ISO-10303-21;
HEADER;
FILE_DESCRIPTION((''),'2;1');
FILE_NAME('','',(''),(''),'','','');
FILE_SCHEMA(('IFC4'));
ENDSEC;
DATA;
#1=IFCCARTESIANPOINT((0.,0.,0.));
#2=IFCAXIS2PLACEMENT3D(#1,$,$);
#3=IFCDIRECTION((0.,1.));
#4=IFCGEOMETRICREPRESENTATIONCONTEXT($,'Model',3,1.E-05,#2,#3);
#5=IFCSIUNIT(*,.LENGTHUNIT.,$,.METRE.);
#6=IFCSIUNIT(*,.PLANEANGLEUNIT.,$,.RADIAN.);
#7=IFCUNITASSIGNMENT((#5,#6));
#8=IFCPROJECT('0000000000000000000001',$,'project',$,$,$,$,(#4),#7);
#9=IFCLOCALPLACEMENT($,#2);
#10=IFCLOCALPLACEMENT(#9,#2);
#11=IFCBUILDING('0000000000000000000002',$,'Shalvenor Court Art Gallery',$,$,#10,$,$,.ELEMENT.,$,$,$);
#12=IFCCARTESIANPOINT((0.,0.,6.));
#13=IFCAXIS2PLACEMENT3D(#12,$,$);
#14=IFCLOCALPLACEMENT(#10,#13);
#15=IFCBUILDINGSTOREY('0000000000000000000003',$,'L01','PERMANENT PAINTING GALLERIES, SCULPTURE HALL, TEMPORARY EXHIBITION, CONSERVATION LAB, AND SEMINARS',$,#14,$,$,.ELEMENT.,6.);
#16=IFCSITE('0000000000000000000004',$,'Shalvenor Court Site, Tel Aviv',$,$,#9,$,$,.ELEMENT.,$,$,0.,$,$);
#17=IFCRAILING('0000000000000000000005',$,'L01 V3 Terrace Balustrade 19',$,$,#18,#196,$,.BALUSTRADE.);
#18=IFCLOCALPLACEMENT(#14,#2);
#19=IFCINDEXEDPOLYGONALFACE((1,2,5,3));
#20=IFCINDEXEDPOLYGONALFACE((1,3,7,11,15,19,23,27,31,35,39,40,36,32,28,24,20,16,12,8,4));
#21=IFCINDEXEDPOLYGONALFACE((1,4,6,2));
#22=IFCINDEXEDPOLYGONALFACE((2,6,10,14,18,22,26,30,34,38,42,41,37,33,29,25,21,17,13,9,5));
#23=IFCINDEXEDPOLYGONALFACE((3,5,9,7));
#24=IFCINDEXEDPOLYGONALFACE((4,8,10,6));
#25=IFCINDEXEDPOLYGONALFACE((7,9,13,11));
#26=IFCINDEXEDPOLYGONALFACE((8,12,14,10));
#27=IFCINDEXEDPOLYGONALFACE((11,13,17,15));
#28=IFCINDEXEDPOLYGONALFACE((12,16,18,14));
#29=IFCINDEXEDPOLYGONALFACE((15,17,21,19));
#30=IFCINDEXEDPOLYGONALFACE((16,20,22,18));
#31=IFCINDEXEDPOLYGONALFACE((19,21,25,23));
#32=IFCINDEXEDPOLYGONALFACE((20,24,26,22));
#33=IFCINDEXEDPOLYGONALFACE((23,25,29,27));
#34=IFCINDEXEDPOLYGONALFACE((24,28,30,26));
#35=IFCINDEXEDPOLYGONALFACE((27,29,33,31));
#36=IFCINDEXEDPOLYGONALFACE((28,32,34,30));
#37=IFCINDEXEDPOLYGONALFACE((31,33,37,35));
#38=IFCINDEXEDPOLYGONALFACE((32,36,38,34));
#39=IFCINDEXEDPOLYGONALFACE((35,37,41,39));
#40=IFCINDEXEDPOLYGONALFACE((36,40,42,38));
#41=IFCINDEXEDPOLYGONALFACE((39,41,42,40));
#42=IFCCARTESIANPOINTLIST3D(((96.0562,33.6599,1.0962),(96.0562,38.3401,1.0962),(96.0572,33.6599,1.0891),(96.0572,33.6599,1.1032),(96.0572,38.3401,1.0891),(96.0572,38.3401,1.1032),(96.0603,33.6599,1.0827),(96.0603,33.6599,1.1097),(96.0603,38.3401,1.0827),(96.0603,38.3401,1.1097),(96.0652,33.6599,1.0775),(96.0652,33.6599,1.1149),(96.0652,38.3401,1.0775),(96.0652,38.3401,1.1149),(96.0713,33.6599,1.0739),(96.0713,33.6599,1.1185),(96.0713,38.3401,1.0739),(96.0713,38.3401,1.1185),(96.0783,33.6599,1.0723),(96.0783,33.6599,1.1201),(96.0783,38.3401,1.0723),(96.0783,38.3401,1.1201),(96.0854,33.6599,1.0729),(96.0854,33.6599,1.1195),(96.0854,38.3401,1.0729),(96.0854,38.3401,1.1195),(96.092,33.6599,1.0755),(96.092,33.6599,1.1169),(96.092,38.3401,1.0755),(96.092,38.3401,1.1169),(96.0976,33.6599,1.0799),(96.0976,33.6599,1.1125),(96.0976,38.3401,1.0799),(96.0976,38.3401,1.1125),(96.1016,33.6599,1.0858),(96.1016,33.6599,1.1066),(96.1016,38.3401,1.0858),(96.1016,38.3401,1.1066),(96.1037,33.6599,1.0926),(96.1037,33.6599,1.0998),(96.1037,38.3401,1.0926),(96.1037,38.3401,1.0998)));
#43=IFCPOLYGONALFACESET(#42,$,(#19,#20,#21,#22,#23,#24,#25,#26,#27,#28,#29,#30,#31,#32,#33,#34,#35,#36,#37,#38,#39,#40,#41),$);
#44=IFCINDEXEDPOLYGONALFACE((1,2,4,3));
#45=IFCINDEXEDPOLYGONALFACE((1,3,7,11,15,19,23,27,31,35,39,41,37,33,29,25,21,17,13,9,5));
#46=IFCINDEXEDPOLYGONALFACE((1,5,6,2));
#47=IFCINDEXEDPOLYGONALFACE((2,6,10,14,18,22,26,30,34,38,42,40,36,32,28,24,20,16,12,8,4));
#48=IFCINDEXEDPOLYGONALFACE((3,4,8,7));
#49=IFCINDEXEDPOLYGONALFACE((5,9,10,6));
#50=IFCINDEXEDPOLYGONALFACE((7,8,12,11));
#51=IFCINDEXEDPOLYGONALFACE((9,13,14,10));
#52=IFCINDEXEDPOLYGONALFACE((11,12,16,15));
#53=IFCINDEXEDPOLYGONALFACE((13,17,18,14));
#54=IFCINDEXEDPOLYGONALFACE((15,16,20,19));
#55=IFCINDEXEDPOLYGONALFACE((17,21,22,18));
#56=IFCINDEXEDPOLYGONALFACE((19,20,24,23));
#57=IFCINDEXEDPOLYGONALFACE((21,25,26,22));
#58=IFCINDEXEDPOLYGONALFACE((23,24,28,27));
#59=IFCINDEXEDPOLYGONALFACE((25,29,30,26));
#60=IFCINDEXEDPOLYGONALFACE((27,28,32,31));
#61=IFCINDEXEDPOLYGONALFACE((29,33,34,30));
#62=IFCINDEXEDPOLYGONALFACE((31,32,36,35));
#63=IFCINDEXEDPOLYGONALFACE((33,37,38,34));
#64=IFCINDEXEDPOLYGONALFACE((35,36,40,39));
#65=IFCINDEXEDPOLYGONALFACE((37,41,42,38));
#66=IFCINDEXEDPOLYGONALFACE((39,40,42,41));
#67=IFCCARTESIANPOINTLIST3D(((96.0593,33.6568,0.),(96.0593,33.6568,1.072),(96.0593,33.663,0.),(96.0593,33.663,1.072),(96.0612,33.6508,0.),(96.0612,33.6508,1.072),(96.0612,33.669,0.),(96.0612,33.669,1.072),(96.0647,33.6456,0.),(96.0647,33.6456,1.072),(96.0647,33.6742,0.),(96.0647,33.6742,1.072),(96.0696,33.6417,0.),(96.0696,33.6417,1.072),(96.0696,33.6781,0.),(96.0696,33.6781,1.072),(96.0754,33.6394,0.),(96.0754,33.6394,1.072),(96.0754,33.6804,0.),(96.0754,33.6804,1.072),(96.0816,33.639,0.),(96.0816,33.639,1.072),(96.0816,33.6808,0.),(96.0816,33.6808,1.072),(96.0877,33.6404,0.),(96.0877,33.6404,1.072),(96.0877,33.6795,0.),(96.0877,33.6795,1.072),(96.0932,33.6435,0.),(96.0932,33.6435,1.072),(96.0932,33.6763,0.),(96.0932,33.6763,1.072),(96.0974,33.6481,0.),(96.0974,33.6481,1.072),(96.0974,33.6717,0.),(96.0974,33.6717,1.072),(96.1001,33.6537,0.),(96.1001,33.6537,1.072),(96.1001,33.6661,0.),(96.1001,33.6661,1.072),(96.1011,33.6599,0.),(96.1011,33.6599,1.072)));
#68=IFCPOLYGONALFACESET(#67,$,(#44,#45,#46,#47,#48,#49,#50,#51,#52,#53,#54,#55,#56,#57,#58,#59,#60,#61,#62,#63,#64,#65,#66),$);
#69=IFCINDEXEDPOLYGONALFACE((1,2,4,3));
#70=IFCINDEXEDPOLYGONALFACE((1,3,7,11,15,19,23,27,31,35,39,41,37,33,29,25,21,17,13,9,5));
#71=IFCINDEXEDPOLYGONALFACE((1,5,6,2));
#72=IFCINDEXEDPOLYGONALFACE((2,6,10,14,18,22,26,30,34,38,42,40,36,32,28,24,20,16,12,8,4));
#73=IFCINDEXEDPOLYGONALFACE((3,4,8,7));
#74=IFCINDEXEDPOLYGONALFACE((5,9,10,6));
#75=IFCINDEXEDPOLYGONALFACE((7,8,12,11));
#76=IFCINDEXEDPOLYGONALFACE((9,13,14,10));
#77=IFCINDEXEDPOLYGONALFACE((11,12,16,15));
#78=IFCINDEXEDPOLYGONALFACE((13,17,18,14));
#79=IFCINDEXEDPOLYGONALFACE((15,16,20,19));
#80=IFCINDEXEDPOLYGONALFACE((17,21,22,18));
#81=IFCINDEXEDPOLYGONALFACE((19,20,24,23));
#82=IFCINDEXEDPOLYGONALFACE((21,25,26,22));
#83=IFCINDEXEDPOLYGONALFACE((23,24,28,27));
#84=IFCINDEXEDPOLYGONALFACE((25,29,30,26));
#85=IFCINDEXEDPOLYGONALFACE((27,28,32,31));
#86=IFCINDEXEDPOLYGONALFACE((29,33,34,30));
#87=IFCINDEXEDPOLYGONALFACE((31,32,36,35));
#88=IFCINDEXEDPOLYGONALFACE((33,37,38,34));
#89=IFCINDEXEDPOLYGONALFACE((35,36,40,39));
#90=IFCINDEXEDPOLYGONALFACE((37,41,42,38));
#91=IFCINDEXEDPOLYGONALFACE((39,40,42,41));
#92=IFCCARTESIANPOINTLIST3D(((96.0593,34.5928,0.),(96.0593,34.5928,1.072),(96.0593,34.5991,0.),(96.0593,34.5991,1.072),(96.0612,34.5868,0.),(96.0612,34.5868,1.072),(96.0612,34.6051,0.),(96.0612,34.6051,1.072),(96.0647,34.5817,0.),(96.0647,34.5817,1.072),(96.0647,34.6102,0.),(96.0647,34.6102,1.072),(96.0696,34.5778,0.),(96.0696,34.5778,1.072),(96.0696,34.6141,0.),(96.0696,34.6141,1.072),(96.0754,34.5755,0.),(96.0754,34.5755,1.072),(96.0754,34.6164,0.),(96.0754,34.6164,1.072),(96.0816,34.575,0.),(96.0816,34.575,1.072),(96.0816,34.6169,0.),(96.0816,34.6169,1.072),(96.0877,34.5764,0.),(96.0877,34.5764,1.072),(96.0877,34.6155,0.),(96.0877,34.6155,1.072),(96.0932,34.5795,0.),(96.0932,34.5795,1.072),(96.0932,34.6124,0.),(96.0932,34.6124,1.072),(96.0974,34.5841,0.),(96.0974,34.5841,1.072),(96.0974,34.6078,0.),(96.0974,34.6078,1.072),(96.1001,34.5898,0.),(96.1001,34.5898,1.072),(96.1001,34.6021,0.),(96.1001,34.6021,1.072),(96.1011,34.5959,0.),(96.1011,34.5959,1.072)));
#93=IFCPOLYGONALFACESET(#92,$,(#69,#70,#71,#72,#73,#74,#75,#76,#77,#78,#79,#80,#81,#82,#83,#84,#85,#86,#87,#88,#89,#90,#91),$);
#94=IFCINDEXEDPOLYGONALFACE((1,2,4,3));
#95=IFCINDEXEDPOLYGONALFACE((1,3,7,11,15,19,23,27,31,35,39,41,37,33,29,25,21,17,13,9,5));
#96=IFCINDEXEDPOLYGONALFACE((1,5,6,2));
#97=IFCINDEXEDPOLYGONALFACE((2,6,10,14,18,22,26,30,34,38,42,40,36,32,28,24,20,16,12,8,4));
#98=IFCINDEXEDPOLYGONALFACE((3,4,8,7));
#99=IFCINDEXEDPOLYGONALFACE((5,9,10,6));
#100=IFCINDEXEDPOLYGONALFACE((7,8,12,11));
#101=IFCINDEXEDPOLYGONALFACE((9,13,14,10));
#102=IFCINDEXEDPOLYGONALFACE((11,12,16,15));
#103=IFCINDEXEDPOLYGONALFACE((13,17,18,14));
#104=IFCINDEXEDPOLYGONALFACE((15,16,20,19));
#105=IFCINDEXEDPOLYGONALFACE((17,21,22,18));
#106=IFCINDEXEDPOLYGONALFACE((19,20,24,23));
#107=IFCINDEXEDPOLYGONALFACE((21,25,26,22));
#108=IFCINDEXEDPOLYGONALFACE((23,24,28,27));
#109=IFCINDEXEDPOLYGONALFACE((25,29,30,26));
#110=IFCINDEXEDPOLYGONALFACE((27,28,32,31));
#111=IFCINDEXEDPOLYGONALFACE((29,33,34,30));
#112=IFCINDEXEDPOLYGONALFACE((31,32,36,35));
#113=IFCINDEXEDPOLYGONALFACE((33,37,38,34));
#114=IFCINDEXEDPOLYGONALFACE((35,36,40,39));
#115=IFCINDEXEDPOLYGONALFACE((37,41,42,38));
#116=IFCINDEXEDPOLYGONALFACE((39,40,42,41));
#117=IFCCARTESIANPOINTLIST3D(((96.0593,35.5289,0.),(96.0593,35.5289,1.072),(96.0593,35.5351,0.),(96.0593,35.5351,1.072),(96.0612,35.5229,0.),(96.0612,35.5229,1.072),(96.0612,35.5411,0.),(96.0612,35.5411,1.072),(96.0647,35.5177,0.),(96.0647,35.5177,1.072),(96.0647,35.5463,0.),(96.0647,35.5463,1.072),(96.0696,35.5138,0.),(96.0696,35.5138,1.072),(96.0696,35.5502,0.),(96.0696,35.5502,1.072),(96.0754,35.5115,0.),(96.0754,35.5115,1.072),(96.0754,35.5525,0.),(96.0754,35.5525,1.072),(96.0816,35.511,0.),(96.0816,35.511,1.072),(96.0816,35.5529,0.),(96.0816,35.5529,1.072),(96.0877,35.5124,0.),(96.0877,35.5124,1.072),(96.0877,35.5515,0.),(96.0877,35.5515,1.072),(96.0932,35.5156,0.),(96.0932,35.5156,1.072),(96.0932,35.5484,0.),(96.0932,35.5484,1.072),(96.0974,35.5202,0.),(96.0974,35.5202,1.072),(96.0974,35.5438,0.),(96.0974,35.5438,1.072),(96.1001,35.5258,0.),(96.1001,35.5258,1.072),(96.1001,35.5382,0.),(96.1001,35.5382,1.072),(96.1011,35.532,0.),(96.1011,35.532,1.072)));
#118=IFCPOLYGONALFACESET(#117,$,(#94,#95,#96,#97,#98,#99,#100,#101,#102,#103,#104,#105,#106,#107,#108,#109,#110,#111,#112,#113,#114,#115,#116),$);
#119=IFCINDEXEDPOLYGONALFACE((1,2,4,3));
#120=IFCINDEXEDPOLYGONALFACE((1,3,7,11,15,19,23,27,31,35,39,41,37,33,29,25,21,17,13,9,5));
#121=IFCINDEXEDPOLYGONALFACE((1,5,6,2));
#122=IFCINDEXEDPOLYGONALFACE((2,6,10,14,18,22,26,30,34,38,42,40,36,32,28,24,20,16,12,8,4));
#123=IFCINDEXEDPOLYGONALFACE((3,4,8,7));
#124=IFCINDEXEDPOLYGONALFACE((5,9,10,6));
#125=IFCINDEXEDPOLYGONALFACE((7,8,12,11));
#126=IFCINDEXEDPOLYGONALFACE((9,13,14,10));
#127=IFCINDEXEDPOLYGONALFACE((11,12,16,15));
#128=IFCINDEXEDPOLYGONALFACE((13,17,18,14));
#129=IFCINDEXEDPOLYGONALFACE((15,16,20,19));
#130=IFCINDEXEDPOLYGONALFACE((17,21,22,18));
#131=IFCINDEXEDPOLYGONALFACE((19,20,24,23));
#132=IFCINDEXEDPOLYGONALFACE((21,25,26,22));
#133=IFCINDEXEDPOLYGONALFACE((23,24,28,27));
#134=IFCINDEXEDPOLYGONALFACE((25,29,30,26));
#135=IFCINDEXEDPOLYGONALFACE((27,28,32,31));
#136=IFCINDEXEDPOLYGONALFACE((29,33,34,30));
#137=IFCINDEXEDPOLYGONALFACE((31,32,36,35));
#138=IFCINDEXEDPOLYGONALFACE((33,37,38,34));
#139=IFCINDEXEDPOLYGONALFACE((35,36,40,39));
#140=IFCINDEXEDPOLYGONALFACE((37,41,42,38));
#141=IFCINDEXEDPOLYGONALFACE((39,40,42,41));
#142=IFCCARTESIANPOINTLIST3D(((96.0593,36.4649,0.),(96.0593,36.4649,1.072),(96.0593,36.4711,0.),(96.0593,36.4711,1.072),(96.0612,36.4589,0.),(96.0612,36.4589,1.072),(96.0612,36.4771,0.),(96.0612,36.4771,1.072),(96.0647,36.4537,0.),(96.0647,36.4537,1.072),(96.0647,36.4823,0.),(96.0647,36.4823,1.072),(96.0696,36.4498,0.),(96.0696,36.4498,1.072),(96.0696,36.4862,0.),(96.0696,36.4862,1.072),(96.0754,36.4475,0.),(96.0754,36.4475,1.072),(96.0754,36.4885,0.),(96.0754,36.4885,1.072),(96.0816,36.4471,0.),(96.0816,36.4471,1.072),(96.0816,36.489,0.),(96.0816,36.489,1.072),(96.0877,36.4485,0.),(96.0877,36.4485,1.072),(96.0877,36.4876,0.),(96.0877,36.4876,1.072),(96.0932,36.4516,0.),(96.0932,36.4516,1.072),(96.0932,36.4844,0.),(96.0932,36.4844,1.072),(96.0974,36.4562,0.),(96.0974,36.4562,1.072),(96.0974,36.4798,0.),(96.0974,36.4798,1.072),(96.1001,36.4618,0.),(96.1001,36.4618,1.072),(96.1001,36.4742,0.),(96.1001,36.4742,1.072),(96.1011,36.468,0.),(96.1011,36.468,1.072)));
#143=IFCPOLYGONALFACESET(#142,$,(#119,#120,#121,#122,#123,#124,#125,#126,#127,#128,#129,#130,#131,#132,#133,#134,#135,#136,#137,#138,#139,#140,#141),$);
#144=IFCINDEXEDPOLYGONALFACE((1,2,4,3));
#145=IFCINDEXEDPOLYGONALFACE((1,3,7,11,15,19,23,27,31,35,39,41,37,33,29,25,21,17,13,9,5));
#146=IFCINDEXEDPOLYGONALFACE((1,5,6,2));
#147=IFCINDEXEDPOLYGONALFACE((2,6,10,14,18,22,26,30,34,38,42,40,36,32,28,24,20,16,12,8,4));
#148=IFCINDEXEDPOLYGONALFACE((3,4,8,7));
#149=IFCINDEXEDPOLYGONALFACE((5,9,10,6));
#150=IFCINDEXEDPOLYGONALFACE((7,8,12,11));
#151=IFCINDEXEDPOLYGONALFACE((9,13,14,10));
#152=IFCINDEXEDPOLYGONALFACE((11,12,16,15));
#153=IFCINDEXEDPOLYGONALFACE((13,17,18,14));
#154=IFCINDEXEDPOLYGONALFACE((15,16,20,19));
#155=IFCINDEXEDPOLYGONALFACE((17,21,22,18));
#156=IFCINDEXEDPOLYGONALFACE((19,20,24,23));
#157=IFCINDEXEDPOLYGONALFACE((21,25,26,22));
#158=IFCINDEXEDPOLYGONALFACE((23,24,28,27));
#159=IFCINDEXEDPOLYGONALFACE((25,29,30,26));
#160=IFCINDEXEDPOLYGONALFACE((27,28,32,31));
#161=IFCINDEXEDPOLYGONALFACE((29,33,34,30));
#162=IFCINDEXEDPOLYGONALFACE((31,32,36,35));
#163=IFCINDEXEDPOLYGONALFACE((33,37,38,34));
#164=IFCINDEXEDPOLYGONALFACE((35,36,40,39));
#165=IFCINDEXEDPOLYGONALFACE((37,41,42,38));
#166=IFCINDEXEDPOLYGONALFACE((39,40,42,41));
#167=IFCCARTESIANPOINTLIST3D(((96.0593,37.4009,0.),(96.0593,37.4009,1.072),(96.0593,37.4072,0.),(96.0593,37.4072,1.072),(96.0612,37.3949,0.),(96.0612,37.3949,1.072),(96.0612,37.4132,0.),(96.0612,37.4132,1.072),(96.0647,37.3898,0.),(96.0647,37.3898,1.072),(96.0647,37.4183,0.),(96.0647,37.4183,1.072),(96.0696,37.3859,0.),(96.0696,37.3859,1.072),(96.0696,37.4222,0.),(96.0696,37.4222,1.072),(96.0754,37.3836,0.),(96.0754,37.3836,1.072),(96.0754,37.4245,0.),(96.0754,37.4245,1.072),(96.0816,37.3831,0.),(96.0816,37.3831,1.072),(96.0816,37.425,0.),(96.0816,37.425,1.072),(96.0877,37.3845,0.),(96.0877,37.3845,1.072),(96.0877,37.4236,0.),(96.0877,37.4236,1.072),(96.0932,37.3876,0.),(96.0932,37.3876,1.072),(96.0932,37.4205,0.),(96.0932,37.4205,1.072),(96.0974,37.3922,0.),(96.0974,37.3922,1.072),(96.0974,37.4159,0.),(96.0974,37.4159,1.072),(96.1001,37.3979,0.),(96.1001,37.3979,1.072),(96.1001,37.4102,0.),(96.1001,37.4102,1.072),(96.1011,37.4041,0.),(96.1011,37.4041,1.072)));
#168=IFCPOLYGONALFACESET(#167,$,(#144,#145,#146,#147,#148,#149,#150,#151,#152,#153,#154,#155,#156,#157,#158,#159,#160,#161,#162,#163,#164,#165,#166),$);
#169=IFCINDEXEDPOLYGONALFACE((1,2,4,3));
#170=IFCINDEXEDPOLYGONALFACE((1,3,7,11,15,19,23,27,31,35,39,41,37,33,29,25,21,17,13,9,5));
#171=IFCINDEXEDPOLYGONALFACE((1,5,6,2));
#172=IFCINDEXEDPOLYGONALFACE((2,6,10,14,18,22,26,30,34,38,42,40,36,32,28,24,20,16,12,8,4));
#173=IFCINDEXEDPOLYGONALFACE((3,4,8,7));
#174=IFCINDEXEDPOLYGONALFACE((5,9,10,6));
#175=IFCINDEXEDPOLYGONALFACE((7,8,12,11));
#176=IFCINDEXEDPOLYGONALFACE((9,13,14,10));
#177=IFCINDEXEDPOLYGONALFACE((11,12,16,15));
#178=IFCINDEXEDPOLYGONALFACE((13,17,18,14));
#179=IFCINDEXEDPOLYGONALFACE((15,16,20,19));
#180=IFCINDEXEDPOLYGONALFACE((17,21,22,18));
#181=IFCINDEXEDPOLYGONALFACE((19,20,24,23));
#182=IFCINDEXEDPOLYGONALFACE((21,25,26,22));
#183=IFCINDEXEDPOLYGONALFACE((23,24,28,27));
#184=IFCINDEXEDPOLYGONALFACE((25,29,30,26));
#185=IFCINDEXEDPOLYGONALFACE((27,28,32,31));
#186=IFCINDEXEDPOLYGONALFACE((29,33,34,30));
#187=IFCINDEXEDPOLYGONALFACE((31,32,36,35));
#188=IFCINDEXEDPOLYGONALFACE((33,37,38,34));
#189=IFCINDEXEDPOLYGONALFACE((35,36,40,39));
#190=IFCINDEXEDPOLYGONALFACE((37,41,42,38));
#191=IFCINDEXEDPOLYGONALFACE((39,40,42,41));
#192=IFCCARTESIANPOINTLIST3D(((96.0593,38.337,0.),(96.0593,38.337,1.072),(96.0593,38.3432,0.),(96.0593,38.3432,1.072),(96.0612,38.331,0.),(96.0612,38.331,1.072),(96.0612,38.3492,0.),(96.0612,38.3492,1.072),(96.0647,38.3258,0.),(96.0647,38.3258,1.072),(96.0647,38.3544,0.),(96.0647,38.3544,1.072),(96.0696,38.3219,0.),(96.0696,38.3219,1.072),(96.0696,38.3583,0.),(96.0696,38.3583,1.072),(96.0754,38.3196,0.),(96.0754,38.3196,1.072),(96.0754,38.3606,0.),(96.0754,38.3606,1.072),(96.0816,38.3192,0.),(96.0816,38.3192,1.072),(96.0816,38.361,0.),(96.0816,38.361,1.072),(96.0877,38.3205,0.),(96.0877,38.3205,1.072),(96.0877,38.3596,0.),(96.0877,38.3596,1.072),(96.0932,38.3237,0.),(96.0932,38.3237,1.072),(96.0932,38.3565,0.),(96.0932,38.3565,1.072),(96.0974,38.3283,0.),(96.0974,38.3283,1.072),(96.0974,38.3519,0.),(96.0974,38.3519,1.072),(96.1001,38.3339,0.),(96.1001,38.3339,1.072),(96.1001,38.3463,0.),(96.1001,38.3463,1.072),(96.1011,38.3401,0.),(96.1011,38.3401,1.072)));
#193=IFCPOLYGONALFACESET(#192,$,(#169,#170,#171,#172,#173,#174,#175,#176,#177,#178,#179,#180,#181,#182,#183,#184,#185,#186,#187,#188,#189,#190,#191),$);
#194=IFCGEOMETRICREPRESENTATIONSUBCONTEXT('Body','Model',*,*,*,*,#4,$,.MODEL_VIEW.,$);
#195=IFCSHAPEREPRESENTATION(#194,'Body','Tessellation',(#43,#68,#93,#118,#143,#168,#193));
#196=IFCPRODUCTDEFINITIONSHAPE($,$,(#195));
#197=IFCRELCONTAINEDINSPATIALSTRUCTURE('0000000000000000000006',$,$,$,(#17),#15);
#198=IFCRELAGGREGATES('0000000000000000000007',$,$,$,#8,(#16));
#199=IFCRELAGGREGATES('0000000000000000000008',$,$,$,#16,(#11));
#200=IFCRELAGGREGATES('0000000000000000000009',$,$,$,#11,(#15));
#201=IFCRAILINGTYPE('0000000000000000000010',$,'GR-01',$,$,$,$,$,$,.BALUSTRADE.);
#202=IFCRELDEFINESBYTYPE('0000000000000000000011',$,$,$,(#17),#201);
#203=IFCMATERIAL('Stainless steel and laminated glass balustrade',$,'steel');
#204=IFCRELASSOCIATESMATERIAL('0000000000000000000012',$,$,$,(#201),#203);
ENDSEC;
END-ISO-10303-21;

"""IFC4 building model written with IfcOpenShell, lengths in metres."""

from ifc_helpers import new_model, si_unit, direction, frame, origin, origin_2d, place, context, subcontext, project, spatial, circle, extrude, material, type_object, element, save


model = new_model("IFC4")

# Units and contexts
model_context = context("Model", 3, precision=1e-05, world=origin(), true_north=direction((0.0, 1.0)))
body_context = subcontext(model_context, "Body", "Model", "MODEL_VIEW")
ifc_project = project(units=[si_unit("LENGTHUNIT", "METRE"), si_unit("PLANEANGLEUNIT", "RADIAN")], contexts=[model_context])

# Site, building, storey
site_placement = place(None, origin())
site = spatial("IfcSite", under=ifc_project, at=site_placement, Name="Shalvenor Court Site, Tel Aviv", CompositionType="ELEMENT", RefElevation=0.0)
building_placement = place(site_placement, origin())
building = spatial("IfcBuilding", under=site, at=building_placement, Name="Shalvenor Court Art Gallery", CompositionType="ELEMENT")
storey_placement = place(building_placement, frame((0.0, 0.0, 6.0)))
storey = spatial("IfcBuildingStorey", under=building, at=storey_placement, Name="L01", Description="PERMANENT PAINTING GALLERIES, SCULPTURE HALL, TEMPORARY EXHIBITION, CONSERVATION LAB, AND SEMINARS", CompositionType="ELEMENT", Elevation=6.0)

# Railing
ifc_material_1 = material(Name="Stainless steel and laminated glass balustrade", Category="steel")
railing_type = type_object("IfcRailingType", Name="GR-01", PredefinedType="BALUSTRADE", material=ifc_material_1)
railing_1_placement = place(storey_placement, frame((96.0801, 33.6599, 0.0)))
element("IfcRailing", 1, at=railing_1_placement, inside=storey, type_object=railing_type, Name="L01 V3 Terrace Balustrade 19", PredefinedType="BALUSTRADE", context=body_context, shape_type="SweptSolid", body=[
    extrude(circle(Radius=0.0239, at=origin_2d()), frame((0.0, 0.0, 1.0962), z_axis=(0.0, 1.0, 0.0), x_axis=(-1.0, 0.0, 0.0)), (0.0, 0.0, 1.0), 4.6802),
    extrude(circle(Radius=0.021, at=origin_2d()), origin(), (0.0, 0.0, 1.0), 1.072),
    extrude(circle(Radius=0.021, at=origin_2d()), frame((0.0, 0.936, 0.0)), (0.0, 0.0, 1.0), 1.072),
    extrude(circle(Radius=0.021, at=origin_2d()), frame((0.0, 1.8721, 0.0)), (0.0, 0.0, 1.0), 1.072),
    extrude(circle(Radius=0.021, at=origin_2d()), frame((0.0, 2.8081, 0.0)), (0.0, 0.0, 1.0), 1.072),
    extrude(circle(Radius=0.021, at=origin_2d()), frame((0.0, 3.7441, 0.0)), (0.0, 0.0, 1.0), 1.072),
    extrude(circle(Radius=0.021, at=origin_2d()), frame((0.0, 4.6802, 0.0)), (0.0, 0.0, 1.0), 1.072),
])

save(model, "model.ifc")
